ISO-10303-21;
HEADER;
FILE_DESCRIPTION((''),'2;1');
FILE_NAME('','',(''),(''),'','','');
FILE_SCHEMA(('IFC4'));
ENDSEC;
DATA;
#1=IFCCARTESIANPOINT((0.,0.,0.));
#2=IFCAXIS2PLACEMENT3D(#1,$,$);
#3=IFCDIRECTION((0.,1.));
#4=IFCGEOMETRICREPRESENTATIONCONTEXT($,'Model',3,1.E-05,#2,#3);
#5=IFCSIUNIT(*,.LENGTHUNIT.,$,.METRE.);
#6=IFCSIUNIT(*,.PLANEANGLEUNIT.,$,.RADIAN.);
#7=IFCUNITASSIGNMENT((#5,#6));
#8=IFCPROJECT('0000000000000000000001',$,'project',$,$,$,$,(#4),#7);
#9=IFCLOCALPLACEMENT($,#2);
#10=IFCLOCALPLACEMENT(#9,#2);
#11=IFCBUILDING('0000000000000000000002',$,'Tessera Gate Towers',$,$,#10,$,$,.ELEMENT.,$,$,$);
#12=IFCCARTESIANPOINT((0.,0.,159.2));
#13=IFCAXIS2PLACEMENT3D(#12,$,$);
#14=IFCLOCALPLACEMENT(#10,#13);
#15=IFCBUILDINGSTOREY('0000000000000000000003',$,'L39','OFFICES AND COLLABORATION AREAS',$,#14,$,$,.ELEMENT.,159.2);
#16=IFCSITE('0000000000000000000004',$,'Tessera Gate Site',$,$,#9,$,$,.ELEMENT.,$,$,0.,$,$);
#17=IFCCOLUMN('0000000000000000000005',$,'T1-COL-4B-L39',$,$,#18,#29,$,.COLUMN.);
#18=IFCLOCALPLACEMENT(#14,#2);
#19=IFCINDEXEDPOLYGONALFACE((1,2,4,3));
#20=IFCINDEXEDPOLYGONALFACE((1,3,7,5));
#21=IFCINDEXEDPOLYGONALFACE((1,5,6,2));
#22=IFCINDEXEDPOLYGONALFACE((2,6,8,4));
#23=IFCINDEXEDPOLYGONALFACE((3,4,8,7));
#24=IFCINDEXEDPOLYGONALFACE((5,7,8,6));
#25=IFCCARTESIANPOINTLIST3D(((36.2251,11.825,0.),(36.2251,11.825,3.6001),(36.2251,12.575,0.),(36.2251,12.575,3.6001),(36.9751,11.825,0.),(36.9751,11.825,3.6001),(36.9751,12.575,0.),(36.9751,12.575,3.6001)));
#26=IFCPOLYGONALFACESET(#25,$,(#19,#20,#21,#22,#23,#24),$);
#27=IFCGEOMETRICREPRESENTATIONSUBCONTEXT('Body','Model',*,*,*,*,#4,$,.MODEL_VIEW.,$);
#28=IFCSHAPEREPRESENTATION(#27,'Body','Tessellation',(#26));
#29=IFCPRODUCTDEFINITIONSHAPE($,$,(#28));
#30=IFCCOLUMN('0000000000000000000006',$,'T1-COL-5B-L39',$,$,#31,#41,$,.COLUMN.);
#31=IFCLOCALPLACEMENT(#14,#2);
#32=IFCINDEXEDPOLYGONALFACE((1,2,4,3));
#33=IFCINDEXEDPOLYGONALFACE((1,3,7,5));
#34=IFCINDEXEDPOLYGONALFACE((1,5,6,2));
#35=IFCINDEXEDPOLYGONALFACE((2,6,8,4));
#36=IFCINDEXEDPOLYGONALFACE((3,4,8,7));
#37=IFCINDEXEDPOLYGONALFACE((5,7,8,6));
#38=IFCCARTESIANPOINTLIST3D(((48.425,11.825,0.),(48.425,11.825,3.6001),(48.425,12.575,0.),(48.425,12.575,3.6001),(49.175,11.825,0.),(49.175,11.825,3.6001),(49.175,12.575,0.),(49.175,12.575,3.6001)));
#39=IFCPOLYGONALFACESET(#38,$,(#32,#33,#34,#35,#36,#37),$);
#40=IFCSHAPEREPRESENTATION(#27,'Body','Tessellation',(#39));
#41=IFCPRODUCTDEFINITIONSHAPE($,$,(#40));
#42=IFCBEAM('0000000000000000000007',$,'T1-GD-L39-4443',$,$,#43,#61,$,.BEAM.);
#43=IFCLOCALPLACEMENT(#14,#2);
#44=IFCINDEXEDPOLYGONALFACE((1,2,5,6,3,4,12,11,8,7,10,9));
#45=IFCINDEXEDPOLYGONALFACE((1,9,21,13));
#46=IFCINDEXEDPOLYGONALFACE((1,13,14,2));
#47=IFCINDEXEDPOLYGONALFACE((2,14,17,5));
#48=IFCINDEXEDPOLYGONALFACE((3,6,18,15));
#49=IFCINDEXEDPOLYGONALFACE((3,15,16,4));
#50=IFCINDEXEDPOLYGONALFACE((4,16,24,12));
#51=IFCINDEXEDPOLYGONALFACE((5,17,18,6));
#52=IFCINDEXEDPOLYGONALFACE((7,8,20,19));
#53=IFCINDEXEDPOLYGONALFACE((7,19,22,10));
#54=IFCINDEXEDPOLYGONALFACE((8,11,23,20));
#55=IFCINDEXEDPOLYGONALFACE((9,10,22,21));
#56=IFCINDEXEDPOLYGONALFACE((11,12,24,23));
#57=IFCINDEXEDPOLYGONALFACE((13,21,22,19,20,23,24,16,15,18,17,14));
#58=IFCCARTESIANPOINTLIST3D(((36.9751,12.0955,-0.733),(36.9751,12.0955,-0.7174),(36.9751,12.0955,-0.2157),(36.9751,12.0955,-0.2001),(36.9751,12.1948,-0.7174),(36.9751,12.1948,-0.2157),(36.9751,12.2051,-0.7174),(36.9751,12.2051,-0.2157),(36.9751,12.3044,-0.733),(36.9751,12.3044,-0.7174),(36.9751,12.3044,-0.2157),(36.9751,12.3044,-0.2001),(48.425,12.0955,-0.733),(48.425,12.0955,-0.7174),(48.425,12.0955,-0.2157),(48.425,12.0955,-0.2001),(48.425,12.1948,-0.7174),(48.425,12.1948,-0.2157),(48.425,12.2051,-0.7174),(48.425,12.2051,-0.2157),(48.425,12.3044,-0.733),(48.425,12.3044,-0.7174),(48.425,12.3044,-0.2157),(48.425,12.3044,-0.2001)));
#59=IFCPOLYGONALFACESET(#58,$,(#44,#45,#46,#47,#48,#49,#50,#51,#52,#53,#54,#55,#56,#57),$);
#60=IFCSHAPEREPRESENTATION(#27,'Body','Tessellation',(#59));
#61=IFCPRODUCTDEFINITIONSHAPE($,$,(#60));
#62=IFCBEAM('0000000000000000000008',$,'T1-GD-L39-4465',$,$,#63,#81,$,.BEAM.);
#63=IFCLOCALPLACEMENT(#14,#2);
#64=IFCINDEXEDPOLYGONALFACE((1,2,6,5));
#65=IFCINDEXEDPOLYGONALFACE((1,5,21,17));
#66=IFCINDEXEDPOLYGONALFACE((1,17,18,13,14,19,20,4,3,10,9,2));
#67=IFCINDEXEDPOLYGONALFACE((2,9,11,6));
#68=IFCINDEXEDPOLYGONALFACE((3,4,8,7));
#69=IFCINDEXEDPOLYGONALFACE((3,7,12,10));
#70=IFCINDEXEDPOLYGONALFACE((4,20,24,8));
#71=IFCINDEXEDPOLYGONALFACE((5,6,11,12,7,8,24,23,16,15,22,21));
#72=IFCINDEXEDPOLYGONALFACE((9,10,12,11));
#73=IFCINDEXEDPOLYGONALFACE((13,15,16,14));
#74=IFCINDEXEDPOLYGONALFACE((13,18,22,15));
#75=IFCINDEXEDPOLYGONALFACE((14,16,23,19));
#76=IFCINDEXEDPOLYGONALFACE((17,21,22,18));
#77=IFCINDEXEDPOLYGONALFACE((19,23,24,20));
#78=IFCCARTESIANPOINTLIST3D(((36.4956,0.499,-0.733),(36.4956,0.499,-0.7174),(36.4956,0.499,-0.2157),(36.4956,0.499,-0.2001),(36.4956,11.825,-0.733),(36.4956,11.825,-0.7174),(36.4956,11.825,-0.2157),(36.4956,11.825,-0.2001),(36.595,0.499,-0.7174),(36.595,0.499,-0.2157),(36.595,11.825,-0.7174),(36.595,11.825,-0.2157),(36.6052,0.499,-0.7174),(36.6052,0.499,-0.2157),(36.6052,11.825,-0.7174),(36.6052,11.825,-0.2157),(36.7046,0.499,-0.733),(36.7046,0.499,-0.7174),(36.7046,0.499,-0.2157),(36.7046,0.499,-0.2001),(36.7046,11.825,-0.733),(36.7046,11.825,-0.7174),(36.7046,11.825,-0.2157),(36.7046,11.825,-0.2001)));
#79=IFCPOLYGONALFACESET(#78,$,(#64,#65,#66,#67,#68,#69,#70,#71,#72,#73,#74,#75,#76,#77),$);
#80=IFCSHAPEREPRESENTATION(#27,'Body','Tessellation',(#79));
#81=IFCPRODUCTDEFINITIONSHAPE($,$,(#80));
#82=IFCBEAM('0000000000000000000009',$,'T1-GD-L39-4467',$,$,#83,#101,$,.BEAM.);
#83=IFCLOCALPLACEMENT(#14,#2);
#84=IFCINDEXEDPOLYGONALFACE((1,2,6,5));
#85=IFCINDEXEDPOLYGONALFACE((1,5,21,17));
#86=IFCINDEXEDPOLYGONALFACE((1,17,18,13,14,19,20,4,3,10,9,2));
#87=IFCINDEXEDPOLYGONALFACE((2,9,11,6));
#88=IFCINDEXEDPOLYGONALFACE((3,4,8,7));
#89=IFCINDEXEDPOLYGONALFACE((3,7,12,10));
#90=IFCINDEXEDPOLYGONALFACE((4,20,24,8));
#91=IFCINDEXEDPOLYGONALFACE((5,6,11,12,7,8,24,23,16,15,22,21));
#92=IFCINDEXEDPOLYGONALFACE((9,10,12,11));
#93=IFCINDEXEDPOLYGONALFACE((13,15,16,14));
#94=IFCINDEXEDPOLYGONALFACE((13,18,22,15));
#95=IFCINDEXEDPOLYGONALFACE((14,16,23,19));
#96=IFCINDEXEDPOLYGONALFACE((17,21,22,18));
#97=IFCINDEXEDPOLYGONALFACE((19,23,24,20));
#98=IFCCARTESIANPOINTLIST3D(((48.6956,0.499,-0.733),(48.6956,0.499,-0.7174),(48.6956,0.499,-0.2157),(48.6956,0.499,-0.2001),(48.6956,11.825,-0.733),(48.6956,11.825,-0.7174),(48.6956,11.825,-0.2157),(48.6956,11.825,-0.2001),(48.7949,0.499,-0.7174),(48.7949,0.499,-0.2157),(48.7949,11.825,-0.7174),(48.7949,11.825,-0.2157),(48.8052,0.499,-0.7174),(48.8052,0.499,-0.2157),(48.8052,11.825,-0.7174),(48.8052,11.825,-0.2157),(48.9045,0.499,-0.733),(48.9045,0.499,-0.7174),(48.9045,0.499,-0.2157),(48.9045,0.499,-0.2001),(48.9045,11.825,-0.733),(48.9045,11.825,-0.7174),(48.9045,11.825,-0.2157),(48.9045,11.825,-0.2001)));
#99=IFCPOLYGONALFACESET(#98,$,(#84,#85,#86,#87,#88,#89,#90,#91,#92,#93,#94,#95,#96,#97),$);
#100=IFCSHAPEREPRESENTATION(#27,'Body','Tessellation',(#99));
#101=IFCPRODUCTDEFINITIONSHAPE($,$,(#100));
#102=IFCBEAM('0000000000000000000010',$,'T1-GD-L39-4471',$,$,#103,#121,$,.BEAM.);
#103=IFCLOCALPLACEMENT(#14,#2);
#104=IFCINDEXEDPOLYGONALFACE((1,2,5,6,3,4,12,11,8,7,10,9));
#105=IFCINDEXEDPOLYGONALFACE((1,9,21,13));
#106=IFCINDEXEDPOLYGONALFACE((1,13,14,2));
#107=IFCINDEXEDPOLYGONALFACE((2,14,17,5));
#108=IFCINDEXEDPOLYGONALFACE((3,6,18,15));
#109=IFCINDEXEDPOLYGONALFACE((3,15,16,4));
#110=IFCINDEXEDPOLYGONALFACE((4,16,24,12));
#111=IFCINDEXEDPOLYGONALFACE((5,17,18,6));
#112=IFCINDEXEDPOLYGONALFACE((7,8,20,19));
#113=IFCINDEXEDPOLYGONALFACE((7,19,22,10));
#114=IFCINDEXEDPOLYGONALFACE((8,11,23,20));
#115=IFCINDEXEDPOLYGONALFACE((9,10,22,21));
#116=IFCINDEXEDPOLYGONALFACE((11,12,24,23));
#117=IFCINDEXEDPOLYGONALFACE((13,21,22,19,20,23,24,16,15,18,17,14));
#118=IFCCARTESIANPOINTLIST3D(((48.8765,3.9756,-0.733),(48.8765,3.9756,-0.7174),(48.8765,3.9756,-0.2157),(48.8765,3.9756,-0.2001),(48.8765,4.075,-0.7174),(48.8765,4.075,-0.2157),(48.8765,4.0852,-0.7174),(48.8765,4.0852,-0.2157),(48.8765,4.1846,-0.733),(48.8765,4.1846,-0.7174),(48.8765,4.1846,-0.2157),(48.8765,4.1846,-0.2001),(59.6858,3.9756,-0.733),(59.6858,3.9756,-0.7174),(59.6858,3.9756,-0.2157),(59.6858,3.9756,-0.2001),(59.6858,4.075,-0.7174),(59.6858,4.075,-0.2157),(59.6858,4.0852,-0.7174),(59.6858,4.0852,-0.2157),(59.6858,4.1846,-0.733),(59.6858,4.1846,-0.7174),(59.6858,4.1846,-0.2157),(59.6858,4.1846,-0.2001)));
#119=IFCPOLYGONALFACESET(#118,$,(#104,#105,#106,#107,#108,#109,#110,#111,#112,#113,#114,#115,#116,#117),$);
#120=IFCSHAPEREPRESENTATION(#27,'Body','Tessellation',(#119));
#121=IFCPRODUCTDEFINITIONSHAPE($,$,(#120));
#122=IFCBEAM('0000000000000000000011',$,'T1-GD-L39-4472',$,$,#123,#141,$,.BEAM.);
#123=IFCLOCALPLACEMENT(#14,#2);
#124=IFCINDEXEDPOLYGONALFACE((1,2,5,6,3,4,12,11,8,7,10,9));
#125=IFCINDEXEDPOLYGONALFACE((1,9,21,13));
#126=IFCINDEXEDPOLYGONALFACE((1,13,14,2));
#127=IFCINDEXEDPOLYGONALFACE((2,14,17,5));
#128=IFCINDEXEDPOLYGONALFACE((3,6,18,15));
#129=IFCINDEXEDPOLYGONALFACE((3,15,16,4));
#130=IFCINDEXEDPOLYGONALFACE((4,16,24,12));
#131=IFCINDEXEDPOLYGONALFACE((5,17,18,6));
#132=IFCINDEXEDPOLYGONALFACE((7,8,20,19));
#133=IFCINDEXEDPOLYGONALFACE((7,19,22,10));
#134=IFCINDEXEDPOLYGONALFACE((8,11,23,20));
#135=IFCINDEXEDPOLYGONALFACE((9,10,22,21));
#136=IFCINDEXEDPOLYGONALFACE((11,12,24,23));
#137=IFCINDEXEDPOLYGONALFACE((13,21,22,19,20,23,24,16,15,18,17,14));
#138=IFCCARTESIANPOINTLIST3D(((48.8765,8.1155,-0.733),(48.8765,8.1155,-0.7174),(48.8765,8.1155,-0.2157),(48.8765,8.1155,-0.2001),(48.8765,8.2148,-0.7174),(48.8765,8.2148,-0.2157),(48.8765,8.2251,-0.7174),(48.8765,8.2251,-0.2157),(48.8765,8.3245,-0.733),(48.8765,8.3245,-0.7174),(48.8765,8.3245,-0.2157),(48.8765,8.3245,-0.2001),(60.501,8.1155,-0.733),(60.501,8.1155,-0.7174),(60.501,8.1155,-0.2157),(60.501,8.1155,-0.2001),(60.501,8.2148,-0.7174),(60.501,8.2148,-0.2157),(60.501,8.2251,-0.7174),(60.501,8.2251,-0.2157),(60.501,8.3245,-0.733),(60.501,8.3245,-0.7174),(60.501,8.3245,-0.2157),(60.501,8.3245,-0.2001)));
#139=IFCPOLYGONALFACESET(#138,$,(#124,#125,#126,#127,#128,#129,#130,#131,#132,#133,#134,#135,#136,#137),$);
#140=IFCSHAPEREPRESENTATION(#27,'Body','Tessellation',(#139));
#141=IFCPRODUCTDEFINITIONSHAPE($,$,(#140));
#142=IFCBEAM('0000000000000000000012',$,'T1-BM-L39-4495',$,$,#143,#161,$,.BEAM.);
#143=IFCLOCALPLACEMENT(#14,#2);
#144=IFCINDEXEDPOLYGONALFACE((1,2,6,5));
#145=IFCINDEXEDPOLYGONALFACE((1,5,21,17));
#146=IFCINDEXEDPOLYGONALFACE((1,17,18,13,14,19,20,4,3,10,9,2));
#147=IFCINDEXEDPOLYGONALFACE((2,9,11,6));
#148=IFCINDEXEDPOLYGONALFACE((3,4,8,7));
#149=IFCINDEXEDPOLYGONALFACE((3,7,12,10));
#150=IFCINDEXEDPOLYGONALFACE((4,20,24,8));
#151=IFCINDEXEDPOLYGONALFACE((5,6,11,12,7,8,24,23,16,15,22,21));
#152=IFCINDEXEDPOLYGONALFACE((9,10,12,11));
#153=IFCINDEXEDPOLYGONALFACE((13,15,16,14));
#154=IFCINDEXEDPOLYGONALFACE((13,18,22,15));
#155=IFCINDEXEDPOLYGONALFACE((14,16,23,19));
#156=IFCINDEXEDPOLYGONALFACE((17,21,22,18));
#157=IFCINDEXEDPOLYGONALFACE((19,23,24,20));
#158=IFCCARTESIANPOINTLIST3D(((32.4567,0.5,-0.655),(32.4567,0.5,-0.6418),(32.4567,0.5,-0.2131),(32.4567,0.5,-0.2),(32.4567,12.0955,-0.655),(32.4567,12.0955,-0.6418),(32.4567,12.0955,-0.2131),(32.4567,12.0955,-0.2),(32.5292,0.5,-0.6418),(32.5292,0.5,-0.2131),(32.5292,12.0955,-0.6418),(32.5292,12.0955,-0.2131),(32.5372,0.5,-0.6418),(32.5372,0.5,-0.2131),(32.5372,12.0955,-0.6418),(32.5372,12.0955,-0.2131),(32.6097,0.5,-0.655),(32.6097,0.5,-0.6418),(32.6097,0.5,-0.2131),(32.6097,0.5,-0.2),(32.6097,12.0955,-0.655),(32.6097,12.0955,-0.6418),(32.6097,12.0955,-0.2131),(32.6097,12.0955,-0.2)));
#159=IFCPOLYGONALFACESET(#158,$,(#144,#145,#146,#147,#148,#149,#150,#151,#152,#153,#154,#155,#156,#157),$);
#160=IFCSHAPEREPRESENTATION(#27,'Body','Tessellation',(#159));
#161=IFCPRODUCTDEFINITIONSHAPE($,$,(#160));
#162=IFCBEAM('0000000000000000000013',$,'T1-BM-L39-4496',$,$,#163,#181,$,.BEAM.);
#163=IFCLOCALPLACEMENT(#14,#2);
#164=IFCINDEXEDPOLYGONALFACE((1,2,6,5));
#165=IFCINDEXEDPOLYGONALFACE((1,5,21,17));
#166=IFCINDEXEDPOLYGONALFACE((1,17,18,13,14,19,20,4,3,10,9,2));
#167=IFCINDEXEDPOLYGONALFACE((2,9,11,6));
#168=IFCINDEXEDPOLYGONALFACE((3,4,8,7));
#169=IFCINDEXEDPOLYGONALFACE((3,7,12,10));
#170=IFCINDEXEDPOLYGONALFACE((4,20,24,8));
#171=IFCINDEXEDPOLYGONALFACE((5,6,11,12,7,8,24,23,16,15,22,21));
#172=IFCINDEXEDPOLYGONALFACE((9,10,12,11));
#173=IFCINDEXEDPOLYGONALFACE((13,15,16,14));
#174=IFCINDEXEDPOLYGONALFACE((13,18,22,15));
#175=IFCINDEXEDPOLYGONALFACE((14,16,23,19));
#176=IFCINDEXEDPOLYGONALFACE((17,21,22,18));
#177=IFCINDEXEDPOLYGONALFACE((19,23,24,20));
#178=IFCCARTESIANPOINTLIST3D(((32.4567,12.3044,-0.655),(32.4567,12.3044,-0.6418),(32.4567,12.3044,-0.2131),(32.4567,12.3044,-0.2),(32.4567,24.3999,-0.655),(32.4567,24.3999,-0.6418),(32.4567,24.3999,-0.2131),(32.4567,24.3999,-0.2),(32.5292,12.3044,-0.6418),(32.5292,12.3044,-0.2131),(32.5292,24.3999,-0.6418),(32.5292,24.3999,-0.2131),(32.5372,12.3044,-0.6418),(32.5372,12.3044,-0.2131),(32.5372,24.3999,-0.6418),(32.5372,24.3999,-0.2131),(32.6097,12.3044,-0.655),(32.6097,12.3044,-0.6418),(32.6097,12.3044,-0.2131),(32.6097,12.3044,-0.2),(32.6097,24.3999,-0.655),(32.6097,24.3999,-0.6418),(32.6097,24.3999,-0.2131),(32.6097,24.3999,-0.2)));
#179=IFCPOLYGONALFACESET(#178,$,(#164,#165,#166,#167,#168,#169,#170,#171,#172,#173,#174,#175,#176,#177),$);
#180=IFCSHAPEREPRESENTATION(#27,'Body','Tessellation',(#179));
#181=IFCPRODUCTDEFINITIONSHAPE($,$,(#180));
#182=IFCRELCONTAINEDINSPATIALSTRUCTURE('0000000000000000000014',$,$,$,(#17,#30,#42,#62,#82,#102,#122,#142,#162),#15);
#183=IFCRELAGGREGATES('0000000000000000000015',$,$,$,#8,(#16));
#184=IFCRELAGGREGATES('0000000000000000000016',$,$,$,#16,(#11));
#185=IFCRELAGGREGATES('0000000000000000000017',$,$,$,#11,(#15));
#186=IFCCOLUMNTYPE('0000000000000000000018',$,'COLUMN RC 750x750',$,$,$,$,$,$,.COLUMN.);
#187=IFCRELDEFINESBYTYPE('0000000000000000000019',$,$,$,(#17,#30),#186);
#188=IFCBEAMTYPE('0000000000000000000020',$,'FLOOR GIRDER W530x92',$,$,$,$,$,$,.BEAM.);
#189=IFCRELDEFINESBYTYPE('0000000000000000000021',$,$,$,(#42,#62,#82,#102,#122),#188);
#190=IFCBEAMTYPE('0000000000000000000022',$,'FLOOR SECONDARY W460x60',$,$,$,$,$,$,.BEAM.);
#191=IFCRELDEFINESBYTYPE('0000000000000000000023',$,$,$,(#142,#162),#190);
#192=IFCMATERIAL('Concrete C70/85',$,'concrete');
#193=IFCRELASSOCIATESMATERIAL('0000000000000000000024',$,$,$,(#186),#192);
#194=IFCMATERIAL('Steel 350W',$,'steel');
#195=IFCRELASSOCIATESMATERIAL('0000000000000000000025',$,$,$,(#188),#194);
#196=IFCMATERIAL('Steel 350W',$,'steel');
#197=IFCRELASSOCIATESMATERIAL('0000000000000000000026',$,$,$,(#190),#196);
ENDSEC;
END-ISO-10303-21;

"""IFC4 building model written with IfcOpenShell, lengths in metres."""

from ifc_helpers import new_model, si_unit, direction, frame, origin, origin_2d, place, context, subcontext, project, spatial, rectangle, i_section, extrude, material, material_profile, profile_set, type_object, element, save


model = new_model("IFC4")

# Units and contexts
model_context = context("Model", 3, precision=1e-05, world=origin(), true_north=direction((0.0, 1.0)))
body_context = subcontext(model_context, "Body", "Model", "MODEL_VIEW")
ifc_project = project(units=[si_unit("LENGTHUNIT", "METRE"), si_unit("PLANEANGLEUNIT", "RADIAN")], contexts=[model_context])

# Site, building, storey
site_placement = place(None, origin())
site = spatial("IfcSite", under=ifc_project, at=site_placement, Name="Tessera Gate Site", CompositionType="ELEMENT", RefElevation=0.0)
building_placement = place(site_placement, origin())
building = spatial("IfcBuilding", under=site, at=building_placement, Name="Tessera Gate Towers", CompositionType="ELEMENT")
storey_placement = place(building_placement, frame((0.0, 0.0, 159.2)))
storey = spatial("IfcBuildingStorey", under=building, at=storey_placement, Name="L39", Description="OFFICES AND COLLABORATION AREAS", CompositionType="ELEMENT", Elevation=159.2)

# Columns
ifc_material_1 = material(Name="Concrete C70/85", Category="concrete")
ifc_material_profile_1 = material_profile(ifc_material_1, rectangle(XDim=0.75, YDim=0.75, at=origin_2d()), Name="RC 750x750")
ifc_profile_set_1 = profile_set([ifc_material_profile_1], Name="Concrete C70/85")
column_type = type_object("IfcColumnType", Name="COLUMN RC 750x750", PredefinedType="COLUMN", material=ifc_profile_set_1)
for number, where, z_axis, x_axis, name in (
    (1, (36.6001, 12.2, 0.0), (0.0, 0.0, 1.0), (1.0, 0.0, 0.0), "T1-COL-4B-L39"),
    (2, (48.8, 12.2, 0.0), (0.0, 0.0, 1.0), (1.0, 0.0, 0.0), "T1-COL-5B-L39"),
):
    element("IfcColumn", number, at=place(storey_placement, frame(where, z_axis=z_axis, x_axis=x_axis)), inside=storey, type_object=column_type, Name=name, PredefinedType="COLUMN", context=body_context, shape_type="SweptSolid", body=[
        extrude(rectangle(XDim=0.75, YDim=0.75, at=origin_2d()), origin(), (0.0, 0.0, 1.0), 3.6001),
    ])

# Beams
ifc_material_2 = material(Name="Steel 350W", Category="steel")
ifc_material_profile_2 = material_profile(ifc_material_2, i_section(OverallWidth=0.209, OverallDepth=0.533, WebThickness=0.0103, FlangeThickness=0.0156, at=origin_2d()), Name="W530x92")
ifc_profile_set_2 = profile_set([ifc_material_profile_2], Name="Steel 350W")
beam_type_1 = type_object("IfcBeamType", Name="FLOOR GIRDER W530x92", PredefinedType="BEAM", material=ifc_profile_set_2)
beam_1_placement = place(storey_placement, frame((36.9751, 12.2, -0.4666), z_axis=(1.0, 0.0, 0.0), x_axis=(0.0, 1.0, 0.0)))
element("IfcBeam", 3, at=beam_1_placement, inside=storey, type_object=beam_type_1, Name="T1-GD-L39-4443", PredefinedType="BEAM", context=body_context, shape_type="SweptSolid", body=[
    extrude(i_section(OverallWidth=0.209, OverallDepth=0.533, WebThickness=0.0103, FlangeThickness=0.0156, at=origin_2d()), origin(), (0.0, 0.0, 1.0), 11.45),
])
for number, where, z_axis, x_axis, name in (
    (4, (36.6001, 0.499, -0.4666), (0.0, 1.0, 0.0), (-1.0, 0.0, 0.0), "T1-GD-L39-4465"),
    (5, (48.8, 0.499, -0.4666), (0.0, 1.0, 0.0), (-1.0, 0.0, 0.0), "T1-GD-L39-4467"),
):
    element("IfcBeam", number, at=place(storey_placement, frame(where, z_axis=z_axis, x_axis=x_axis)), inside=storey, type_object=beam_type_1, Name=name, PredefinedType="BEAM", context=body_context, shape_type="SweptSolid", body=[
        extrude(i_section(OverallWidth=0.209, OverallDepth=0.533, WebThickness=0.0103, FlangeThickness=0.0156, at=origin_2d()), origin(), (0.0, 0.0, 1.0), 11.3259),
    ])
beam_2_placement = place(storey_placement, frame((48.8765, 4.0801, -0.4666), z_axis=(1.0, 0.0, 0.0), x_axis=(0.0, 1.0, 0.0)))
element("IfcBeam", 6, at=beam_2_placement, inside=storey, type_object=beam_type_1, Name="T1-GD-L39-4471", PredefinedType="BEAM", context=body_context, shape_type="SweptSolid", body=[
    extrude(i_section(OverallWidth=0.209, OverallDepth=0.533, WebThickness=0.0103, FlangeThickness=0.0156, at=origin_2d()), origin(), (0.0, 0.0, 1.0), 10.8093),
])
beam_3_placement = place(storey_placement, frame((48.8765, 8.22, -0.4666), z_axis=(1.0, 0.0, 0.0), x_axis=(0.0, 1.0, 0.0)))
element("IfcBeam", 7, at=beam_3_placement, inside=storey, type_object=beam_type_1, Name="T1-GD-L39-4472", PredefinedType="BEAM", context=body_context, shape_type="SweptSolid", body=[
    extrude(i_section(OverallWidth=0.209, OverallDepth=0.533, WebThickness=0.0103, FlangeThickness=0.0156, at=origin_2d()), origin(), (0.0, 0.0, 1.0), 11.6245),
])
ifc_material_3 = material(Name="Steel 350W", Category="steel")
ifc_material_profile_3 = material_profile(ifc_material_3, i_section(OverallWidth=0.1531, OverallDepth=0.4551, WebThickness=0.0081, FlangeThickness=0.0132, at=origin_2d()), Name="W460x60")
ifc_profile_set_3 = profile_set([ifc_material_profile_3], Name="Steel 350W")
beam_type_2 = type_object("IfcBeamType", Name="FLOOR SECONDARY W460x60", PredefinedType="BEAM", material=ifc_profile_set_3)
beam_4_placement = place(storey_placement, frame((32.5332, 0.5, -0.4275), z_axis=(0.0, 1.0, 0.0), x_axis=(-1.0, 0.0, 0.0)))
element("IfcBeam", 8, at=beam_4_placement, inside=storey, type_object=beam_type_2, Name="T1-BM-L39-4495", PredefinedType="BEAM", context=body_context, shape_type="SweptSolid", body=[
    extrude(i_section(OverallWidth=0.1531, OverallDepth=0.4551, WebThickness=0.0081, FlangeThickness=0.0132, at=origin_2d()), origin(), (0.0, 0.0, 1.0), 11.5955),
])
beam_5_placement = place(storey_placement, frame((32.5332, 12.3044, -0.4275), z_axis=(0.0, 1.0, 0.0), x_axis=(-1.0, 0.0, 0.0)))
element("IfcBeam", 9, at=beam_5_placement, inside=storey, type_object=beam_type_2, Name="T1-BM-L39-4496", PredefinedType="BEAM", context=body_context, shape_type="SweptSolid", body=[
    extrude(i_section(OverallWidth=0.1531, OverallDepth=0.4551, WebThickness=0.0081, FlangeThickness=0.0132, at=origin_2d()), origin(), (0.0, 0.0, 1.0), 12.0955),
])

save(model, "model.ifc")
